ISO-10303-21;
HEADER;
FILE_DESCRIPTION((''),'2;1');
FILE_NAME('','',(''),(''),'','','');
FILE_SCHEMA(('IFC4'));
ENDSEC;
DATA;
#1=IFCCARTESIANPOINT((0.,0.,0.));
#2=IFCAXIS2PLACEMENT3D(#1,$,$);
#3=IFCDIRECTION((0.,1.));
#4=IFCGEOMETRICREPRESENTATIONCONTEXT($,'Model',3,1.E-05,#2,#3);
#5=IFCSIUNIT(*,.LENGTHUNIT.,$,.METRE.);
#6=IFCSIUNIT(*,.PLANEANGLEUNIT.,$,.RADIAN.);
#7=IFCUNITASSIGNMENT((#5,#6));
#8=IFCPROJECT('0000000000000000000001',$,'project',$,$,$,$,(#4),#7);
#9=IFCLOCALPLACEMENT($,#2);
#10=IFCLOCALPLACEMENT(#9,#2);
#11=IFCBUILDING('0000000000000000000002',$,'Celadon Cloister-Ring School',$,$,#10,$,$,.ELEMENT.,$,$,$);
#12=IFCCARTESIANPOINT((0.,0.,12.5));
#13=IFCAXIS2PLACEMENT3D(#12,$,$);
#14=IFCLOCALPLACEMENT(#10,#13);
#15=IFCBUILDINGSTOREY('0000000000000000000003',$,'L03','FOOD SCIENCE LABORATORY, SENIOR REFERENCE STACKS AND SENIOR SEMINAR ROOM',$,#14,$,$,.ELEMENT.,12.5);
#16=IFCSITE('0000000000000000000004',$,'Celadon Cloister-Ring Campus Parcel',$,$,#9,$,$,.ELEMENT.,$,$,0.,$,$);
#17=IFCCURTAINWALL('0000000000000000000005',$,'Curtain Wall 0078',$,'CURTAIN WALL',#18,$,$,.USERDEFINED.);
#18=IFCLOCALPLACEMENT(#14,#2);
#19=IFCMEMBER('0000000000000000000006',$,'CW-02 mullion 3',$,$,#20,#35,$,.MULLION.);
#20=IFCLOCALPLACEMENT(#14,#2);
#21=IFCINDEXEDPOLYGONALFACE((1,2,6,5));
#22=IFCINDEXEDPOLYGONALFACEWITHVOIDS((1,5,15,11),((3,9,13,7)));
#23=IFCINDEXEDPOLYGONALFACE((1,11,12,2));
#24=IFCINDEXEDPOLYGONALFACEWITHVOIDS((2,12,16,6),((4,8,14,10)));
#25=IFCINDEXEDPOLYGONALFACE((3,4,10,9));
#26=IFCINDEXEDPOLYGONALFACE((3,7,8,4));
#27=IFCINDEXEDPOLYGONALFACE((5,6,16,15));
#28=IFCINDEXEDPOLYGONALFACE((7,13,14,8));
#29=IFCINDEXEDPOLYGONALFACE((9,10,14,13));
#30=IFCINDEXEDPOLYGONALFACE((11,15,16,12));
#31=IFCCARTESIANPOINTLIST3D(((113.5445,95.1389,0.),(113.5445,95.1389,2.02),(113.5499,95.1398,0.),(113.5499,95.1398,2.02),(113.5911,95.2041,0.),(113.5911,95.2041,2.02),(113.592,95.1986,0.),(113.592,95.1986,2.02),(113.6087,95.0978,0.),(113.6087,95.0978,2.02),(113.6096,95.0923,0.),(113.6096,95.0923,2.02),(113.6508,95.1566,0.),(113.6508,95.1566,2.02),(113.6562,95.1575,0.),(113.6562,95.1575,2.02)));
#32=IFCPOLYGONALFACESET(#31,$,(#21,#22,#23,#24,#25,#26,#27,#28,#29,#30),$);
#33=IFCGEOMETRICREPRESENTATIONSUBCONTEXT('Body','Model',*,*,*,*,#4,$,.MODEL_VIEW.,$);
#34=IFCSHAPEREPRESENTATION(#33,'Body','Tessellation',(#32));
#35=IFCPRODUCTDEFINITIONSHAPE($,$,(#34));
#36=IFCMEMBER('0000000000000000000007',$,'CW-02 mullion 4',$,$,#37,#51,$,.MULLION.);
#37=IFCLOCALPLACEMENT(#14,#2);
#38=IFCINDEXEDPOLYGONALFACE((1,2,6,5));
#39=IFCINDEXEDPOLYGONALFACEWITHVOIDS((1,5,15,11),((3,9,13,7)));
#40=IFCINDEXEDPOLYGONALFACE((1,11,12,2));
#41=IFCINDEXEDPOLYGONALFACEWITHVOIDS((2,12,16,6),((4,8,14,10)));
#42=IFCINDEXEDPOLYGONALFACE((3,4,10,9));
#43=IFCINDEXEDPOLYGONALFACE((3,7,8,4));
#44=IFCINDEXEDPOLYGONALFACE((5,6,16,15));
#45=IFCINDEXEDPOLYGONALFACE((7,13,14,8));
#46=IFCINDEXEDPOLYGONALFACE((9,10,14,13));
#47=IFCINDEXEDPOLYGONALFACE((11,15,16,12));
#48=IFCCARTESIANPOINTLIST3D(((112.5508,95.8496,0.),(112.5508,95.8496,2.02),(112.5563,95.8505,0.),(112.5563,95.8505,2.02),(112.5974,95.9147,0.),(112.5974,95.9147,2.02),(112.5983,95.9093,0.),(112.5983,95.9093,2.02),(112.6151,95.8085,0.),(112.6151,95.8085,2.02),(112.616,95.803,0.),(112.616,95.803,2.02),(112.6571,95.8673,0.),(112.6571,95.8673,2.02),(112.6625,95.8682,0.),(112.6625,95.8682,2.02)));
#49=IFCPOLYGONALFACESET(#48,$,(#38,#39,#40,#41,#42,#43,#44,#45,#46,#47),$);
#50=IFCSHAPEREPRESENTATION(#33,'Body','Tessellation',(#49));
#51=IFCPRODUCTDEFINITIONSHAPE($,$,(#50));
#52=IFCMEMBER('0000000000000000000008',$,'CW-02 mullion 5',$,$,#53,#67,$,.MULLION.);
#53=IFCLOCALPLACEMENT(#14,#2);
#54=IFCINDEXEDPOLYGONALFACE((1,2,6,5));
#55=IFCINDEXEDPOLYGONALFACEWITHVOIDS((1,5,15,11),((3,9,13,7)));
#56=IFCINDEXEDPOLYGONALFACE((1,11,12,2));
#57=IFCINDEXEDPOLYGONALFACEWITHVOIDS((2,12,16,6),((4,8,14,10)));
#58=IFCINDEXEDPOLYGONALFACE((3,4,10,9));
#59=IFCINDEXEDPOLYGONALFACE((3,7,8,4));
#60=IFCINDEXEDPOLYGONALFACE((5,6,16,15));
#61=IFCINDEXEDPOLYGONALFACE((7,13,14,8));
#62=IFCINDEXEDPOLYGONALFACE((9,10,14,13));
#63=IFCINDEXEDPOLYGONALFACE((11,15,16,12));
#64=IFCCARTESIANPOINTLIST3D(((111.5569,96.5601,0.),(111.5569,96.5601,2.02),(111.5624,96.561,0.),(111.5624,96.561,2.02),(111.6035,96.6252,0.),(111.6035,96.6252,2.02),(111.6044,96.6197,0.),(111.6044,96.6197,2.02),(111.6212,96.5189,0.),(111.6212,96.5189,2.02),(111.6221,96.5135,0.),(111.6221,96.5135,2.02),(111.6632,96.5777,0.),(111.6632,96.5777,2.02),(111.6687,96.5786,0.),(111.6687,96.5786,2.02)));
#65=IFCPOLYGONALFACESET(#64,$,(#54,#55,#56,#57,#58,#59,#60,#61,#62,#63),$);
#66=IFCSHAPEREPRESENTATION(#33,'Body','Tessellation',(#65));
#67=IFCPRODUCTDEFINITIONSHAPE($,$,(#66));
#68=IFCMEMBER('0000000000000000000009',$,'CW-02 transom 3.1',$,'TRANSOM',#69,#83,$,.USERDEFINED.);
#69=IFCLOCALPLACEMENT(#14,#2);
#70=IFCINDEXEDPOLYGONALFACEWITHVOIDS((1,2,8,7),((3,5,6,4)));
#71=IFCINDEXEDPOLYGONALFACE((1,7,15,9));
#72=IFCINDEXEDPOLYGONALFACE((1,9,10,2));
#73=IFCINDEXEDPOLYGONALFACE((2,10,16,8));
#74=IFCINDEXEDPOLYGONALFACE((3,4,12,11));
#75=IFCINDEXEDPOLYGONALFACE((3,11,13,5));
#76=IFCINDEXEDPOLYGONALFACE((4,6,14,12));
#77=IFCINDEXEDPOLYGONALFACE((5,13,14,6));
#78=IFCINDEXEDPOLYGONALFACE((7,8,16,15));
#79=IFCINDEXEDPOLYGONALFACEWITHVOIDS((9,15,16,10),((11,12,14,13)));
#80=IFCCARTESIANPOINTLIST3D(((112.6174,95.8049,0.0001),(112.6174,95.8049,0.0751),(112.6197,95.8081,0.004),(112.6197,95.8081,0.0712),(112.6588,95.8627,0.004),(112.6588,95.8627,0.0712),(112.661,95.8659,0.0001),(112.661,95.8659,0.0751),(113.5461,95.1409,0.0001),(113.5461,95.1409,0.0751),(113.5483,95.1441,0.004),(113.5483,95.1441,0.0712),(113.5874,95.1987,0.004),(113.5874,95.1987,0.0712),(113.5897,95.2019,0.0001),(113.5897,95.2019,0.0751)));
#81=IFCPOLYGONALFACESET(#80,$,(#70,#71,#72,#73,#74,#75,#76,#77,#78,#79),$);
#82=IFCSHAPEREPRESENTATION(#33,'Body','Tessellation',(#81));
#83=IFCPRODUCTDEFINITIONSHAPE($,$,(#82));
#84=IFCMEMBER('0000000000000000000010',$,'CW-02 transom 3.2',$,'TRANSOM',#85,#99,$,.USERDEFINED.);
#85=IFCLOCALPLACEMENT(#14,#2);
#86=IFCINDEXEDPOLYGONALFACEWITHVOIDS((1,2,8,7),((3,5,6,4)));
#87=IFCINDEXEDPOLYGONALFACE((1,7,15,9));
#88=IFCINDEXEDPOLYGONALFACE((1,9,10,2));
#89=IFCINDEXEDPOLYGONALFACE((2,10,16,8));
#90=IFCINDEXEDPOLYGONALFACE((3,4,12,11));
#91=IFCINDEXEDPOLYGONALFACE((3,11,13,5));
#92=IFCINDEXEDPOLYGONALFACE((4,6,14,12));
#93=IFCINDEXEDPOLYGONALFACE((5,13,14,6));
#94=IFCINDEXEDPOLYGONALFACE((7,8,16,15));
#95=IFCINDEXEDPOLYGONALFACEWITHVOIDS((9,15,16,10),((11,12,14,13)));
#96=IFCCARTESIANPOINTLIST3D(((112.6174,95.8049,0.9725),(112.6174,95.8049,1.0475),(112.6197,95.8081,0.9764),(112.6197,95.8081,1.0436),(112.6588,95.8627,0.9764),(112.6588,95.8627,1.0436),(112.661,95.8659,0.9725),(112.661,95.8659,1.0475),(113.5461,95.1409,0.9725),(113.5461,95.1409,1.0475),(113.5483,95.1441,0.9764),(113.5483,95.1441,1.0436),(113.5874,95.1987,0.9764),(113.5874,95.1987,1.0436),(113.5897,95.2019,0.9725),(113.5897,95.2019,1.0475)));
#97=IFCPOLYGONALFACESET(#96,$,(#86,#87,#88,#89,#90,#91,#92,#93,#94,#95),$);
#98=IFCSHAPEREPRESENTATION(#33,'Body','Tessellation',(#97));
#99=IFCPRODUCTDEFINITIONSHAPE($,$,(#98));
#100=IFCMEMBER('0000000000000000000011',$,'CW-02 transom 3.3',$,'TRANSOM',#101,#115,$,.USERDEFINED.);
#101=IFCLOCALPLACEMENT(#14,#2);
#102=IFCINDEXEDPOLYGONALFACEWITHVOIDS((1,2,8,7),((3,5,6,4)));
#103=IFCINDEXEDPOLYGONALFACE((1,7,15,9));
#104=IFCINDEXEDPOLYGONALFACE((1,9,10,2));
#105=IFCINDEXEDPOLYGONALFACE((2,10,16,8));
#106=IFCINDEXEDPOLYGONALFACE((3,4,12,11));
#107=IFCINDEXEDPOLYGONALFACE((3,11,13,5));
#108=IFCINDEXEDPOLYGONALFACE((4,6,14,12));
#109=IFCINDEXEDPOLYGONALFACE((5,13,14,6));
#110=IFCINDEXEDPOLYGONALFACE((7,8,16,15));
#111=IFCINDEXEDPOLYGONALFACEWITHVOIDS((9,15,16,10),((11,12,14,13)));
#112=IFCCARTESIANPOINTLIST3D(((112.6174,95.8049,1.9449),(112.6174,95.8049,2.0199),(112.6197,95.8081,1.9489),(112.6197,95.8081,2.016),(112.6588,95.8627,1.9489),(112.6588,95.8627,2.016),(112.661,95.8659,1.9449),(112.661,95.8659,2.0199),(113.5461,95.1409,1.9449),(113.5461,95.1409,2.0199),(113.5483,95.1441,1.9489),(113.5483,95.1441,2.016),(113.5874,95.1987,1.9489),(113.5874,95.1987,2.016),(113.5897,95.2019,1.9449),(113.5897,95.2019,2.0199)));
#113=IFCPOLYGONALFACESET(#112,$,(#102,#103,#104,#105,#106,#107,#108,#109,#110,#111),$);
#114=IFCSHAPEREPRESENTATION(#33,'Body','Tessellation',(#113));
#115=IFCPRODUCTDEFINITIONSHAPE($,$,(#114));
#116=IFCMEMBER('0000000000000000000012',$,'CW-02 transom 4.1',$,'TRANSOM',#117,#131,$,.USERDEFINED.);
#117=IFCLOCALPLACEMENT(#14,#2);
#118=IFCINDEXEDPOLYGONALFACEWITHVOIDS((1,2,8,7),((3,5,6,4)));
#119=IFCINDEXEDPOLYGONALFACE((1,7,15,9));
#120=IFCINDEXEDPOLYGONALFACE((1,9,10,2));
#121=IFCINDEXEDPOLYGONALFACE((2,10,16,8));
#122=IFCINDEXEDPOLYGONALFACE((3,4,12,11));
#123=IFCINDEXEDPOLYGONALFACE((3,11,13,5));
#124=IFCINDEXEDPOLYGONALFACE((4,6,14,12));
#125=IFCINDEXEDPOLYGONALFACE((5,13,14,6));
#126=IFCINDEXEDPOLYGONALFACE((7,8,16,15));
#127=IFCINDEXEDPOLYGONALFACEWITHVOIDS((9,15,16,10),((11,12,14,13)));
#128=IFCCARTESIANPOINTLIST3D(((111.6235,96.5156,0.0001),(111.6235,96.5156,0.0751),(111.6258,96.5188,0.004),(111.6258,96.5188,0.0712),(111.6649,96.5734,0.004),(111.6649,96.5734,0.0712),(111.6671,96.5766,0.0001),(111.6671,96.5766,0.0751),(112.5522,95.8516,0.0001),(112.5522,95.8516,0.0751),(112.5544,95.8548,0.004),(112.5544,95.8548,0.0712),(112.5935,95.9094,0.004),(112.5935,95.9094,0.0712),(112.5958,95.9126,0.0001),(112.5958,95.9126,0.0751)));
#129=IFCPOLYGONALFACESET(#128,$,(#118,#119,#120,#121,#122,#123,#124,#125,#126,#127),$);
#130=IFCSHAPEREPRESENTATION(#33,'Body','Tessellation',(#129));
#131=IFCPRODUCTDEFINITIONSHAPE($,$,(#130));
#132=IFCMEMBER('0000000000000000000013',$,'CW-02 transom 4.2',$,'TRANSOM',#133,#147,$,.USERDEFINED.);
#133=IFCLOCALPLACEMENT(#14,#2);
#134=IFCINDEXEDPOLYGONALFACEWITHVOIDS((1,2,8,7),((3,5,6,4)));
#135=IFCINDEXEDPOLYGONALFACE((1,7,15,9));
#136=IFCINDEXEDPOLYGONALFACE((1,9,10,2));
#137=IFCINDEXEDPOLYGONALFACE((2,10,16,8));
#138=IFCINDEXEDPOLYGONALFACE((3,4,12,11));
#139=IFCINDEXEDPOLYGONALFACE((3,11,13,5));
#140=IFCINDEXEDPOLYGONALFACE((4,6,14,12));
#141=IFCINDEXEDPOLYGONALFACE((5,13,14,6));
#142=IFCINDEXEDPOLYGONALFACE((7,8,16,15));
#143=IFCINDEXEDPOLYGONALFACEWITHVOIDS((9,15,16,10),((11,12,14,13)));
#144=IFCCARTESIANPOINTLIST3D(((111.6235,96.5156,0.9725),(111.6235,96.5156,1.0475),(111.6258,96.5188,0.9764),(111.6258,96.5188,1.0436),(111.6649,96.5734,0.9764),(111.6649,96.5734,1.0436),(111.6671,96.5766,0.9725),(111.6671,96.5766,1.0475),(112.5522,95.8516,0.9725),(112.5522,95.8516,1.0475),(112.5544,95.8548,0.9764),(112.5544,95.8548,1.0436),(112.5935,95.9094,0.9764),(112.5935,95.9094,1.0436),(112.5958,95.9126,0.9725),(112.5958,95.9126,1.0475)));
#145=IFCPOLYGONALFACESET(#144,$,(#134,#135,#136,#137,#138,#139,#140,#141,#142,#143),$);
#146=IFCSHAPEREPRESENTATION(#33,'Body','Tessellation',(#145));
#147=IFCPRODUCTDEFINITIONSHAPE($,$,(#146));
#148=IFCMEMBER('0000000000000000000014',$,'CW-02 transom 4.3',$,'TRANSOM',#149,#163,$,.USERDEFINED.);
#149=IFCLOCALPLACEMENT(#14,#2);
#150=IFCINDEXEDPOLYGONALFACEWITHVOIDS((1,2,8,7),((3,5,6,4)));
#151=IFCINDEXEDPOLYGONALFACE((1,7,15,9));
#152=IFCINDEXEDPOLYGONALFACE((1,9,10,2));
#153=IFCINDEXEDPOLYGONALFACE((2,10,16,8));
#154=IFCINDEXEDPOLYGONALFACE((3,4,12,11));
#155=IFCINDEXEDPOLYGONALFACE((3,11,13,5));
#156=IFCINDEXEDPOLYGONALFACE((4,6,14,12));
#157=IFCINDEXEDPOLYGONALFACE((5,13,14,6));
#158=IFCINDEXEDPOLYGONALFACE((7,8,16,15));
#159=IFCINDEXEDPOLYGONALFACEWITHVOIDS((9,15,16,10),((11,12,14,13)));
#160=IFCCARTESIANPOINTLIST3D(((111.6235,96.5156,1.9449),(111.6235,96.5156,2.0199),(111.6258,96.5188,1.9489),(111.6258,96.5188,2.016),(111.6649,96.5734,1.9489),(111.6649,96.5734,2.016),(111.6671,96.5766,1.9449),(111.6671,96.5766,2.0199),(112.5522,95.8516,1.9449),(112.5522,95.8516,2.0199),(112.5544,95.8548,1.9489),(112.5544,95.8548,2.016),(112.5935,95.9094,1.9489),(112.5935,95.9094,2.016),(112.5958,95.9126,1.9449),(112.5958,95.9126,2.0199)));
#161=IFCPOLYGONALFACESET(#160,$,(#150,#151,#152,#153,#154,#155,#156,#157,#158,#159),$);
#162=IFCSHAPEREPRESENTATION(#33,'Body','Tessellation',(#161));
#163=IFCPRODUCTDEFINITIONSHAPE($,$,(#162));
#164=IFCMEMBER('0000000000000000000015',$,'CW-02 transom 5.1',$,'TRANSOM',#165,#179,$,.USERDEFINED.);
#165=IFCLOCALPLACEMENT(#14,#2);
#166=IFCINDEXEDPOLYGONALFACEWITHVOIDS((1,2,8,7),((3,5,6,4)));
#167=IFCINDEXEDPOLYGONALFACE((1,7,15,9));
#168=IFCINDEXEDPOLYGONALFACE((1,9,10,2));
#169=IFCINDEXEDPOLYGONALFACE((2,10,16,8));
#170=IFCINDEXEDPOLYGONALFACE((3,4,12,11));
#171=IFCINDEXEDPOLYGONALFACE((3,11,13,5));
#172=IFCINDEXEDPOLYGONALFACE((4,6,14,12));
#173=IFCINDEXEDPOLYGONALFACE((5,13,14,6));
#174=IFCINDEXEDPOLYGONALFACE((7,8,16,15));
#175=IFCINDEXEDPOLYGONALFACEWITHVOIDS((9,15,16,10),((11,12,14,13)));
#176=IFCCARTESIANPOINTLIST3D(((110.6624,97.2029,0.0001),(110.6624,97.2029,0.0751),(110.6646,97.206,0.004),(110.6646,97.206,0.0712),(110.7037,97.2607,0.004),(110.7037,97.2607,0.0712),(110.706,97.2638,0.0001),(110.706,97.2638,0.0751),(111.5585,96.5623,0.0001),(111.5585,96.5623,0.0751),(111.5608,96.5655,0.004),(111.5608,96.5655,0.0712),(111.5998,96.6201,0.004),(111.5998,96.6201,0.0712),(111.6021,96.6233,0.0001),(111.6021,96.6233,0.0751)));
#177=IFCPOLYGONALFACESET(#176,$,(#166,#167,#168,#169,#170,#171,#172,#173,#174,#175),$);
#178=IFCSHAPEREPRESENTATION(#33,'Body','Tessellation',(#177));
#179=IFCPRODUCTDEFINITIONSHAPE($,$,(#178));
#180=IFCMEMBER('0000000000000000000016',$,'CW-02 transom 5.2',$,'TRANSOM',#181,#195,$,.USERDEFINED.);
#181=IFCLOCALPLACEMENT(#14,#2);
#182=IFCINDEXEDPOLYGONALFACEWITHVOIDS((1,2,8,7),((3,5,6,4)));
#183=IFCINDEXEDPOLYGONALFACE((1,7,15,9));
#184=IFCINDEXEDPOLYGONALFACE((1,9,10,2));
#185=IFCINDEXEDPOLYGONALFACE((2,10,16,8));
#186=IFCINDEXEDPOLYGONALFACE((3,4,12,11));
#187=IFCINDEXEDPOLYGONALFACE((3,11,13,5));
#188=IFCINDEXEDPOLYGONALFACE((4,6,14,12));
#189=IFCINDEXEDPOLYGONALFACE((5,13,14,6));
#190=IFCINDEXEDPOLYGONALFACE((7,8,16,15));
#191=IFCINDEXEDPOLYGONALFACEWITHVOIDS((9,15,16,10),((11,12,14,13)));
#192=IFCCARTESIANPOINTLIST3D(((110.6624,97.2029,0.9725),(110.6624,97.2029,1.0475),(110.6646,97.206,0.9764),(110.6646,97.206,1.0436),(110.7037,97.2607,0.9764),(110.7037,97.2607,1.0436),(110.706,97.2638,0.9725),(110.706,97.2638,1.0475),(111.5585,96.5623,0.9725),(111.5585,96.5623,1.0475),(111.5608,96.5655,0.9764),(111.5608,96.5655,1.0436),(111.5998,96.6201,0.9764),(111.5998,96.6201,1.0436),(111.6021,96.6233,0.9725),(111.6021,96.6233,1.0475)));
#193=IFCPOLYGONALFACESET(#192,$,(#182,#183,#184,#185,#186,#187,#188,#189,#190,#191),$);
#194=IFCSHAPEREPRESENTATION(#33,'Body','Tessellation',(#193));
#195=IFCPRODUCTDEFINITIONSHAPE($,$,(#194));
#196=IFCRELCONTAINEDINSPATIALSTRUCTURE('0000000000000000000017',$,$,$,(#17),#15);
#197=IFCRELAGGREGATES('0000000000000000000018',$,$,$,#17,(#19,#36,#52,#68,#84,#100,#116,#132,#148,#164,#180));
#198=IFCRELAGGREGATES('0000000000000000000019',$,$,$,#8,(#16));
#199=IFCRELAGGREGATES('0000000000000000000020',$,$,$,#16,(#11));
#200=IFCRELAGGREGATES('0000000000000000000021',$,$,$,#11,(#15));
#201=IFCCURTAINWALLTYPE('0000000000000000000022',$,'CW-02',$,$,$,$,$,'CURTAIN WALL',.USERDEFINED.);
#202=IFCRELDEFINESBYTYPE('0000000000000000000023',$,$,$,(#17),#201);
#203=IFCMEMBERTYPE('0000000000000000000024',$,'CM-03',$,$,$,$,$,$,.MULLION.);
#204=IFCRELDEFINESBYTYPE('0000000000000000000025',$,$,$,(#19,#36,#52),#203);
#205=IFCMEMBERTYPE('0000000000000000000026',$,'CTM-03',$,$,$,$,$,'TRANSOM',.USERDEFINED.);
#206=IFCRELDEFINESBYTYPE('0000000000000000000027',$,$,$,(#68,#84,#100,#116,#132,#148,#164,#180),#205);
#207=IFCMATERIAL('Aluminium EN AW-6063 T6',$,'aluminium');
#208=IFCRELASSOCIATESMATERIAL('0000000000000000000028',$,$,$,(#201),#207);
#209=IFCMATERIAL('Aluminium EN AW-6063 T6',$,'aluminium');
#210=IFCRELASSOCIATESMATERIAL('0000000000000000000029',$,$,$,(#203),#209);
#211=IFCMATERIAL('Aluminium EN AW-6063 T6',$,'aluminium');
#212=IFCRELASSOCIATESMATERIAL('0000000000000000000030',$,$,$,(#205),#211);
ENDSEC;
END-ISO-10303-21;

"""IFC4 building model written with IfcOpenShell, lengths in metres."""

from ifc_helpers import new_model, si_unit, direction, frame, origin, origin_2d, place, context, subcontext, project, spatial, hollow_rectangle, extrude, material, material_profile, profile_set, type_object, element, aggregate, save


model = new_model("IFC4")

# Units and contexts
model_context = context("Model", 3, precision=1e-05, world=origin(), true_north=direction((0.0, 1.0)))
body_context = subcontext(model_context, "Body", "Model", "MODEL_VIEW")
ifc_project = project(units=[si_unit("LENGTHUNIT", "METRE"), si_unit("PLANEANGLEUNIT", "RADIAN")], contexts=[model_context])

# Site, building, storey
site_placement = place(None, origin())
site = spatial("IfcSite", under=ifc_project, at=site_placement, Name="Celadon Cloister-Ring Campus Parcel", CompositionType="ELEMENT", RefElevation=0.0)
building_placement = place(site_placement, origin())
building = spatial("IfcBuilding", under=site, at=building_placement, Name="Celadon Cloister-Ring School", CompositionType="ELEMENT")
storey_placement = place(building_placement, frame((0.0, 0.0, 12.5)))
storey = spatial("IfcBuildingStorey", under=building, at=storey_placement, Name="L03", Description="FOOD SCIENCE LABORATORY, SENIOR REFERENCE STACKS AND SENIOR SEMINAR ROOM", CompositionType="ELEMENT", Elevation=12.5)

# Curtain wall, members
ifc_material_1 = material(Name="Aluminium EN AW-6063 T6", Category="aluminium")
curtain_wall_type = type_object("IfcCurtainWallType", Name="CW-02", ElementType="CURTAIN WALL", PredefinedType="USERDEFINED", material=ifc_material_1)
curtain_wall_placement = place(storey_placement, origin())
curtain_wall = element("IfcCurtainWall", 1, at=curtain_wall_placement, inside=storey, type_object=curtain_wall_type, Name="Curtain Wall 0078", ObjectType="CURTAIN WALL", PredefinedType="USERDEFINED")
ifc_material_2 = material(Name="Aluminium EN AW-6063 T6", Category="aluminium")
ifc_material_profile_1 = material_profile(ifc_material_2, hollow_rectangle(XDim=0.0801, YDim=0.0801, WallThickness=0.0039, at=origin_2d()), Name="RHS80X80X4")
ifc_profile_set_1 = profile_set([ifc_material_profile_1], Name="Aluminium EN AW-6063 T6")
member_type_1 = type_object("IfcMemberType", Name="CM-03", PredefinedType="MULLION", material=ifc_profile_set_1)
member_1_placement = place(storey_placement, frame((113.6003, 95.1482, 0.0), z_axis=(0.0, 0.0, 1.0), x_axis=(-0.581641, -0.813446, 0.0)))
member_1 = element("IfcMember", 2, at=member_1_placement, type_object=member_type_1, Name="CW-02 mullion 3", PredefinedType="MULLION", context=body_context, shape_type="SweptSolid", body=[
    extrude(hollow_rectangle(XDim=0.0801, YDim=0.0801, WallThickness=0.0039, at=origin_2d()), origin(), (0.0, 0.0, 1.0), 2.02),
])
member_2_placement = place(storey_placement, frame((112.6067, 95.8589, 0.0), z_axis=(0.0, 0.0, 1.0), x_axis=(-0.581641, -0.813446, 0.0)))
member_2 = element("IfcMember", 3, at=member_2_placement, type_object=member_type_1, Name="CW-02 mullion 4", PredefinedType="MULLION", context=body_context, shape_type="SweptSolid", body=[
    extrude(hollow_rectangle(XDim=0.0801, YDim=0.0801, WallThickness=0.0039, at=origin_2d()), origin(), (0.0, 0.0, 1.0), 2.02),
])
member_3_placement = place(storey_placement, frame((111.6128, 96.5693, 0.0), z_axis=(0.0, 0.0, 1.0), x_axis=(-0.581641, -0.813446, 0.0)))
member_3 = element("IfcMember", 4, at=member_3_placement, type_object=member_type_1, Name="CW-02 mullion 5", PredefinedType="MULLION", context=body_context, shape_type="SweptSolid", body=[
    extrude(hollow_rectangle(XDim=0.0801, YDim=0.0801, WallThickness=0.0039, at=origin_2d()), origin(), (0.0, 0.0, 1.0), 2.02),
])
ifc_material_3 = material(Name="Aluminium EN AW-6063 T6", Category="aluminium")
ifc_material_profile_2 = material_profile(ifc_material_3, hollow_rectangle(XDim=0.075, YDim=0.075, WallThickness=0.0039, at=origin_2d()), Name="RHS75X75X4")
ifc_profile_set_2 = profile_set([ifc_material_profile_2], Name="Aluminium EN AW-6063 T6")
member_type_2 = type_object("IfcMemberType", Name="CTM-03", ElementType="TRANSOM", PredefinedType="USERDEFINED", material=ifc_profile_set_2)
member_4_placement = place(storey_placement, frame((113.5679, 95.1714, 0.0376), z_axis=(-0.813444, 0.581643, 0.0), x_axis=(-0.581643, -0.813444, 0.0)))
member_4 = element("IfcMember", 5, at=member_4_placement, type_object=member_type_2, Name="CW-02 transom 3.1", ObjectType="TRANSOM", PredefinedType="USERDEFINED", context=body_context, shape_type="SweptSolid", body=[
    extrude(hollow_rectangle(XDim=0.075, YDim=0.075, WallThickness=0.0039, at=origin_2d()), origin(), (0.0, 0.0, 1.0), 1.1416),
])
member_5_placement = place(storey_placement, frame((113.5679, 95.1714, 1.01), z_axis=(-0.813444, 0.581643, 0.0), x_axis=(-0.581643, -0.813444, 0.0)))
member_5 = element("IfcMember", 6, at=member_5_placement, type_object=member_type_2, Name="CW-02 transom 3.2", ObjectType="TRANSOM", PredefinedType="USERDEFINED", context=body_context, shape_type="SweptSolid", body=[
    extrude(hollow_rectangle(XDim=0.075, YDim=0.075, WallThickness=0.0039, at=origin_2d()), origin(), (0.0, 0.0, 1.0), 1.1416),
])
member_6_placement = place(storey_placement, frame((113.5679, 95.1714, 1.9824), z_axis=(-0.813444, 0.581643, 0.0), x_axis=(-0.581643, -0.813444, 0.0)))
member_6 = element("IfcMember", 7, at=member_6_placement, type_object=member_type_2, Name="CW-02 transom 3.3", ObjectType="TRANSOM", PredefinedType="USERDEFINED", context=body_context, shape_type="SweptSolid", body=[
    extrude(hollow_rectangle(XDim=0.075, YDim=0.075, WallThickness=0.0039, at=origin_2d()), origin(), (0.0, 0.0, 1.0), 1.1416),
])
member_7_placement = place(storey_placement, frame((112.574, 95.8821, 0.0376), z_axis=(-0.813444, 0.581643, 0.0), x_axis=(-0.581643, -0.813444, 0.0)))
member_7 = element("IfcMember", 8, at=member_7_placement, type_object=member_type_2, Name="CW-02 transom 4.1", ObjectType="TRANSOM", PredefinedType="USERDEFINED", context=body_context, shape_type="SweptSolid", body=[
    extrude(hollow_rectangle(XDim=0.075, YDim=0.075, WallThickness=0.0039, at=origin_2d()), origin(), (0.0, 0.0, 1.0), 1.1416),
])
member_8_placement = place(storey_placement, frame((112.574, 95.8821, 1.01), z_axis=(-0.813444, 0.581643, 0.0), x_axis=(-0.581643, -0.813444, 0.0)))
member_8 = element("IfcMember", 9, at=member_8_placement, type_object=member_type_2, Name="CW-02 transom 4.2", ObjectType="TRANSOM", PredefinedType="USERDEFINED", context=body_context, shape_type="SweptSolid", body=[
    extrude(hollow_rectangle(XDim=0.075, YDim=0.075, WallThickness=0.0039, at=origin_2d()), origin(), (0.0, 0.0, 1.0), 1.1416),
])
member_9_placement = place(storey_placement, frame((112.574, 95.8821, 1.9824), z_axis=(-0.813444, 0.581643, 0.0), x_axis=(-0.581643, -0.813444, 0.0)))
member_9 = element("IfcMember", 10, at=member_9_placement, type_object=member_type_2, Name="CW-02 transom 4.3", ObjectType="TRANSOM", PredefinedType="USERDEFINED", context=body_context, shape_type="SweptSolid", body=[
    extrude(hollow_rectangle(XDim=0.075, YDim=0.075, WallThickness=0.0039, at=origin_2d()), origin(), (0.0, 0.0, 1.0), 1.1416),
])
member_10_placement = place(storey_placement, frame((111.5803, 96.5928, 0.0376), z_axis=(-0.813539, 0.581511, 0.0), x_axis=(-0.581511, -0.813539, 0.0)))
member_10 = element("IfcMember", 11, at=member_10_placement, type_object=member_type_2, Name="CW-02 transom 5.1", ObjectType="TRANSOM", PredefinedType="USERDEFINED", context=body_context, shape_type="SweptSolid", body=[
    extrude(hollow_rectangle(XDim=0.075, YDim=0.075, WallThickness=0.0039, at=origin_2d()), origin(), (0.0, 0.0, 1.0), 1.1016),
])
member_11_placement = place(storey_placement, frame((111.5803, 96.5928, 1.01), z_axis=(-0.813539, 0.581511, 0.0), x_axis=(-0.581511, -0.813539, 0.0)))
member_11 = element("IfcMember", 12, at=member_11_placement, type_object=member_type_2, Name="CW-02 transom 5.2", ObjectType="TRANSOM", PredefinedType="USERDEFINED", context=body_context, shape_type="SweptSolid", body=[
    extrude(hollow_rectangle(XDim=0.075, YDim=0.075, WallThickness=0.0039, at=origin_2d()), origin(), (0.0, 0.0, 1.0), 1.1016),
])
aggregate(curtain_wall, [member_1, member_2, member_3, member_4, member_5, member_6, member_7, member_8, member_9, member_10, member_11])

save(model, "model.ifc")
